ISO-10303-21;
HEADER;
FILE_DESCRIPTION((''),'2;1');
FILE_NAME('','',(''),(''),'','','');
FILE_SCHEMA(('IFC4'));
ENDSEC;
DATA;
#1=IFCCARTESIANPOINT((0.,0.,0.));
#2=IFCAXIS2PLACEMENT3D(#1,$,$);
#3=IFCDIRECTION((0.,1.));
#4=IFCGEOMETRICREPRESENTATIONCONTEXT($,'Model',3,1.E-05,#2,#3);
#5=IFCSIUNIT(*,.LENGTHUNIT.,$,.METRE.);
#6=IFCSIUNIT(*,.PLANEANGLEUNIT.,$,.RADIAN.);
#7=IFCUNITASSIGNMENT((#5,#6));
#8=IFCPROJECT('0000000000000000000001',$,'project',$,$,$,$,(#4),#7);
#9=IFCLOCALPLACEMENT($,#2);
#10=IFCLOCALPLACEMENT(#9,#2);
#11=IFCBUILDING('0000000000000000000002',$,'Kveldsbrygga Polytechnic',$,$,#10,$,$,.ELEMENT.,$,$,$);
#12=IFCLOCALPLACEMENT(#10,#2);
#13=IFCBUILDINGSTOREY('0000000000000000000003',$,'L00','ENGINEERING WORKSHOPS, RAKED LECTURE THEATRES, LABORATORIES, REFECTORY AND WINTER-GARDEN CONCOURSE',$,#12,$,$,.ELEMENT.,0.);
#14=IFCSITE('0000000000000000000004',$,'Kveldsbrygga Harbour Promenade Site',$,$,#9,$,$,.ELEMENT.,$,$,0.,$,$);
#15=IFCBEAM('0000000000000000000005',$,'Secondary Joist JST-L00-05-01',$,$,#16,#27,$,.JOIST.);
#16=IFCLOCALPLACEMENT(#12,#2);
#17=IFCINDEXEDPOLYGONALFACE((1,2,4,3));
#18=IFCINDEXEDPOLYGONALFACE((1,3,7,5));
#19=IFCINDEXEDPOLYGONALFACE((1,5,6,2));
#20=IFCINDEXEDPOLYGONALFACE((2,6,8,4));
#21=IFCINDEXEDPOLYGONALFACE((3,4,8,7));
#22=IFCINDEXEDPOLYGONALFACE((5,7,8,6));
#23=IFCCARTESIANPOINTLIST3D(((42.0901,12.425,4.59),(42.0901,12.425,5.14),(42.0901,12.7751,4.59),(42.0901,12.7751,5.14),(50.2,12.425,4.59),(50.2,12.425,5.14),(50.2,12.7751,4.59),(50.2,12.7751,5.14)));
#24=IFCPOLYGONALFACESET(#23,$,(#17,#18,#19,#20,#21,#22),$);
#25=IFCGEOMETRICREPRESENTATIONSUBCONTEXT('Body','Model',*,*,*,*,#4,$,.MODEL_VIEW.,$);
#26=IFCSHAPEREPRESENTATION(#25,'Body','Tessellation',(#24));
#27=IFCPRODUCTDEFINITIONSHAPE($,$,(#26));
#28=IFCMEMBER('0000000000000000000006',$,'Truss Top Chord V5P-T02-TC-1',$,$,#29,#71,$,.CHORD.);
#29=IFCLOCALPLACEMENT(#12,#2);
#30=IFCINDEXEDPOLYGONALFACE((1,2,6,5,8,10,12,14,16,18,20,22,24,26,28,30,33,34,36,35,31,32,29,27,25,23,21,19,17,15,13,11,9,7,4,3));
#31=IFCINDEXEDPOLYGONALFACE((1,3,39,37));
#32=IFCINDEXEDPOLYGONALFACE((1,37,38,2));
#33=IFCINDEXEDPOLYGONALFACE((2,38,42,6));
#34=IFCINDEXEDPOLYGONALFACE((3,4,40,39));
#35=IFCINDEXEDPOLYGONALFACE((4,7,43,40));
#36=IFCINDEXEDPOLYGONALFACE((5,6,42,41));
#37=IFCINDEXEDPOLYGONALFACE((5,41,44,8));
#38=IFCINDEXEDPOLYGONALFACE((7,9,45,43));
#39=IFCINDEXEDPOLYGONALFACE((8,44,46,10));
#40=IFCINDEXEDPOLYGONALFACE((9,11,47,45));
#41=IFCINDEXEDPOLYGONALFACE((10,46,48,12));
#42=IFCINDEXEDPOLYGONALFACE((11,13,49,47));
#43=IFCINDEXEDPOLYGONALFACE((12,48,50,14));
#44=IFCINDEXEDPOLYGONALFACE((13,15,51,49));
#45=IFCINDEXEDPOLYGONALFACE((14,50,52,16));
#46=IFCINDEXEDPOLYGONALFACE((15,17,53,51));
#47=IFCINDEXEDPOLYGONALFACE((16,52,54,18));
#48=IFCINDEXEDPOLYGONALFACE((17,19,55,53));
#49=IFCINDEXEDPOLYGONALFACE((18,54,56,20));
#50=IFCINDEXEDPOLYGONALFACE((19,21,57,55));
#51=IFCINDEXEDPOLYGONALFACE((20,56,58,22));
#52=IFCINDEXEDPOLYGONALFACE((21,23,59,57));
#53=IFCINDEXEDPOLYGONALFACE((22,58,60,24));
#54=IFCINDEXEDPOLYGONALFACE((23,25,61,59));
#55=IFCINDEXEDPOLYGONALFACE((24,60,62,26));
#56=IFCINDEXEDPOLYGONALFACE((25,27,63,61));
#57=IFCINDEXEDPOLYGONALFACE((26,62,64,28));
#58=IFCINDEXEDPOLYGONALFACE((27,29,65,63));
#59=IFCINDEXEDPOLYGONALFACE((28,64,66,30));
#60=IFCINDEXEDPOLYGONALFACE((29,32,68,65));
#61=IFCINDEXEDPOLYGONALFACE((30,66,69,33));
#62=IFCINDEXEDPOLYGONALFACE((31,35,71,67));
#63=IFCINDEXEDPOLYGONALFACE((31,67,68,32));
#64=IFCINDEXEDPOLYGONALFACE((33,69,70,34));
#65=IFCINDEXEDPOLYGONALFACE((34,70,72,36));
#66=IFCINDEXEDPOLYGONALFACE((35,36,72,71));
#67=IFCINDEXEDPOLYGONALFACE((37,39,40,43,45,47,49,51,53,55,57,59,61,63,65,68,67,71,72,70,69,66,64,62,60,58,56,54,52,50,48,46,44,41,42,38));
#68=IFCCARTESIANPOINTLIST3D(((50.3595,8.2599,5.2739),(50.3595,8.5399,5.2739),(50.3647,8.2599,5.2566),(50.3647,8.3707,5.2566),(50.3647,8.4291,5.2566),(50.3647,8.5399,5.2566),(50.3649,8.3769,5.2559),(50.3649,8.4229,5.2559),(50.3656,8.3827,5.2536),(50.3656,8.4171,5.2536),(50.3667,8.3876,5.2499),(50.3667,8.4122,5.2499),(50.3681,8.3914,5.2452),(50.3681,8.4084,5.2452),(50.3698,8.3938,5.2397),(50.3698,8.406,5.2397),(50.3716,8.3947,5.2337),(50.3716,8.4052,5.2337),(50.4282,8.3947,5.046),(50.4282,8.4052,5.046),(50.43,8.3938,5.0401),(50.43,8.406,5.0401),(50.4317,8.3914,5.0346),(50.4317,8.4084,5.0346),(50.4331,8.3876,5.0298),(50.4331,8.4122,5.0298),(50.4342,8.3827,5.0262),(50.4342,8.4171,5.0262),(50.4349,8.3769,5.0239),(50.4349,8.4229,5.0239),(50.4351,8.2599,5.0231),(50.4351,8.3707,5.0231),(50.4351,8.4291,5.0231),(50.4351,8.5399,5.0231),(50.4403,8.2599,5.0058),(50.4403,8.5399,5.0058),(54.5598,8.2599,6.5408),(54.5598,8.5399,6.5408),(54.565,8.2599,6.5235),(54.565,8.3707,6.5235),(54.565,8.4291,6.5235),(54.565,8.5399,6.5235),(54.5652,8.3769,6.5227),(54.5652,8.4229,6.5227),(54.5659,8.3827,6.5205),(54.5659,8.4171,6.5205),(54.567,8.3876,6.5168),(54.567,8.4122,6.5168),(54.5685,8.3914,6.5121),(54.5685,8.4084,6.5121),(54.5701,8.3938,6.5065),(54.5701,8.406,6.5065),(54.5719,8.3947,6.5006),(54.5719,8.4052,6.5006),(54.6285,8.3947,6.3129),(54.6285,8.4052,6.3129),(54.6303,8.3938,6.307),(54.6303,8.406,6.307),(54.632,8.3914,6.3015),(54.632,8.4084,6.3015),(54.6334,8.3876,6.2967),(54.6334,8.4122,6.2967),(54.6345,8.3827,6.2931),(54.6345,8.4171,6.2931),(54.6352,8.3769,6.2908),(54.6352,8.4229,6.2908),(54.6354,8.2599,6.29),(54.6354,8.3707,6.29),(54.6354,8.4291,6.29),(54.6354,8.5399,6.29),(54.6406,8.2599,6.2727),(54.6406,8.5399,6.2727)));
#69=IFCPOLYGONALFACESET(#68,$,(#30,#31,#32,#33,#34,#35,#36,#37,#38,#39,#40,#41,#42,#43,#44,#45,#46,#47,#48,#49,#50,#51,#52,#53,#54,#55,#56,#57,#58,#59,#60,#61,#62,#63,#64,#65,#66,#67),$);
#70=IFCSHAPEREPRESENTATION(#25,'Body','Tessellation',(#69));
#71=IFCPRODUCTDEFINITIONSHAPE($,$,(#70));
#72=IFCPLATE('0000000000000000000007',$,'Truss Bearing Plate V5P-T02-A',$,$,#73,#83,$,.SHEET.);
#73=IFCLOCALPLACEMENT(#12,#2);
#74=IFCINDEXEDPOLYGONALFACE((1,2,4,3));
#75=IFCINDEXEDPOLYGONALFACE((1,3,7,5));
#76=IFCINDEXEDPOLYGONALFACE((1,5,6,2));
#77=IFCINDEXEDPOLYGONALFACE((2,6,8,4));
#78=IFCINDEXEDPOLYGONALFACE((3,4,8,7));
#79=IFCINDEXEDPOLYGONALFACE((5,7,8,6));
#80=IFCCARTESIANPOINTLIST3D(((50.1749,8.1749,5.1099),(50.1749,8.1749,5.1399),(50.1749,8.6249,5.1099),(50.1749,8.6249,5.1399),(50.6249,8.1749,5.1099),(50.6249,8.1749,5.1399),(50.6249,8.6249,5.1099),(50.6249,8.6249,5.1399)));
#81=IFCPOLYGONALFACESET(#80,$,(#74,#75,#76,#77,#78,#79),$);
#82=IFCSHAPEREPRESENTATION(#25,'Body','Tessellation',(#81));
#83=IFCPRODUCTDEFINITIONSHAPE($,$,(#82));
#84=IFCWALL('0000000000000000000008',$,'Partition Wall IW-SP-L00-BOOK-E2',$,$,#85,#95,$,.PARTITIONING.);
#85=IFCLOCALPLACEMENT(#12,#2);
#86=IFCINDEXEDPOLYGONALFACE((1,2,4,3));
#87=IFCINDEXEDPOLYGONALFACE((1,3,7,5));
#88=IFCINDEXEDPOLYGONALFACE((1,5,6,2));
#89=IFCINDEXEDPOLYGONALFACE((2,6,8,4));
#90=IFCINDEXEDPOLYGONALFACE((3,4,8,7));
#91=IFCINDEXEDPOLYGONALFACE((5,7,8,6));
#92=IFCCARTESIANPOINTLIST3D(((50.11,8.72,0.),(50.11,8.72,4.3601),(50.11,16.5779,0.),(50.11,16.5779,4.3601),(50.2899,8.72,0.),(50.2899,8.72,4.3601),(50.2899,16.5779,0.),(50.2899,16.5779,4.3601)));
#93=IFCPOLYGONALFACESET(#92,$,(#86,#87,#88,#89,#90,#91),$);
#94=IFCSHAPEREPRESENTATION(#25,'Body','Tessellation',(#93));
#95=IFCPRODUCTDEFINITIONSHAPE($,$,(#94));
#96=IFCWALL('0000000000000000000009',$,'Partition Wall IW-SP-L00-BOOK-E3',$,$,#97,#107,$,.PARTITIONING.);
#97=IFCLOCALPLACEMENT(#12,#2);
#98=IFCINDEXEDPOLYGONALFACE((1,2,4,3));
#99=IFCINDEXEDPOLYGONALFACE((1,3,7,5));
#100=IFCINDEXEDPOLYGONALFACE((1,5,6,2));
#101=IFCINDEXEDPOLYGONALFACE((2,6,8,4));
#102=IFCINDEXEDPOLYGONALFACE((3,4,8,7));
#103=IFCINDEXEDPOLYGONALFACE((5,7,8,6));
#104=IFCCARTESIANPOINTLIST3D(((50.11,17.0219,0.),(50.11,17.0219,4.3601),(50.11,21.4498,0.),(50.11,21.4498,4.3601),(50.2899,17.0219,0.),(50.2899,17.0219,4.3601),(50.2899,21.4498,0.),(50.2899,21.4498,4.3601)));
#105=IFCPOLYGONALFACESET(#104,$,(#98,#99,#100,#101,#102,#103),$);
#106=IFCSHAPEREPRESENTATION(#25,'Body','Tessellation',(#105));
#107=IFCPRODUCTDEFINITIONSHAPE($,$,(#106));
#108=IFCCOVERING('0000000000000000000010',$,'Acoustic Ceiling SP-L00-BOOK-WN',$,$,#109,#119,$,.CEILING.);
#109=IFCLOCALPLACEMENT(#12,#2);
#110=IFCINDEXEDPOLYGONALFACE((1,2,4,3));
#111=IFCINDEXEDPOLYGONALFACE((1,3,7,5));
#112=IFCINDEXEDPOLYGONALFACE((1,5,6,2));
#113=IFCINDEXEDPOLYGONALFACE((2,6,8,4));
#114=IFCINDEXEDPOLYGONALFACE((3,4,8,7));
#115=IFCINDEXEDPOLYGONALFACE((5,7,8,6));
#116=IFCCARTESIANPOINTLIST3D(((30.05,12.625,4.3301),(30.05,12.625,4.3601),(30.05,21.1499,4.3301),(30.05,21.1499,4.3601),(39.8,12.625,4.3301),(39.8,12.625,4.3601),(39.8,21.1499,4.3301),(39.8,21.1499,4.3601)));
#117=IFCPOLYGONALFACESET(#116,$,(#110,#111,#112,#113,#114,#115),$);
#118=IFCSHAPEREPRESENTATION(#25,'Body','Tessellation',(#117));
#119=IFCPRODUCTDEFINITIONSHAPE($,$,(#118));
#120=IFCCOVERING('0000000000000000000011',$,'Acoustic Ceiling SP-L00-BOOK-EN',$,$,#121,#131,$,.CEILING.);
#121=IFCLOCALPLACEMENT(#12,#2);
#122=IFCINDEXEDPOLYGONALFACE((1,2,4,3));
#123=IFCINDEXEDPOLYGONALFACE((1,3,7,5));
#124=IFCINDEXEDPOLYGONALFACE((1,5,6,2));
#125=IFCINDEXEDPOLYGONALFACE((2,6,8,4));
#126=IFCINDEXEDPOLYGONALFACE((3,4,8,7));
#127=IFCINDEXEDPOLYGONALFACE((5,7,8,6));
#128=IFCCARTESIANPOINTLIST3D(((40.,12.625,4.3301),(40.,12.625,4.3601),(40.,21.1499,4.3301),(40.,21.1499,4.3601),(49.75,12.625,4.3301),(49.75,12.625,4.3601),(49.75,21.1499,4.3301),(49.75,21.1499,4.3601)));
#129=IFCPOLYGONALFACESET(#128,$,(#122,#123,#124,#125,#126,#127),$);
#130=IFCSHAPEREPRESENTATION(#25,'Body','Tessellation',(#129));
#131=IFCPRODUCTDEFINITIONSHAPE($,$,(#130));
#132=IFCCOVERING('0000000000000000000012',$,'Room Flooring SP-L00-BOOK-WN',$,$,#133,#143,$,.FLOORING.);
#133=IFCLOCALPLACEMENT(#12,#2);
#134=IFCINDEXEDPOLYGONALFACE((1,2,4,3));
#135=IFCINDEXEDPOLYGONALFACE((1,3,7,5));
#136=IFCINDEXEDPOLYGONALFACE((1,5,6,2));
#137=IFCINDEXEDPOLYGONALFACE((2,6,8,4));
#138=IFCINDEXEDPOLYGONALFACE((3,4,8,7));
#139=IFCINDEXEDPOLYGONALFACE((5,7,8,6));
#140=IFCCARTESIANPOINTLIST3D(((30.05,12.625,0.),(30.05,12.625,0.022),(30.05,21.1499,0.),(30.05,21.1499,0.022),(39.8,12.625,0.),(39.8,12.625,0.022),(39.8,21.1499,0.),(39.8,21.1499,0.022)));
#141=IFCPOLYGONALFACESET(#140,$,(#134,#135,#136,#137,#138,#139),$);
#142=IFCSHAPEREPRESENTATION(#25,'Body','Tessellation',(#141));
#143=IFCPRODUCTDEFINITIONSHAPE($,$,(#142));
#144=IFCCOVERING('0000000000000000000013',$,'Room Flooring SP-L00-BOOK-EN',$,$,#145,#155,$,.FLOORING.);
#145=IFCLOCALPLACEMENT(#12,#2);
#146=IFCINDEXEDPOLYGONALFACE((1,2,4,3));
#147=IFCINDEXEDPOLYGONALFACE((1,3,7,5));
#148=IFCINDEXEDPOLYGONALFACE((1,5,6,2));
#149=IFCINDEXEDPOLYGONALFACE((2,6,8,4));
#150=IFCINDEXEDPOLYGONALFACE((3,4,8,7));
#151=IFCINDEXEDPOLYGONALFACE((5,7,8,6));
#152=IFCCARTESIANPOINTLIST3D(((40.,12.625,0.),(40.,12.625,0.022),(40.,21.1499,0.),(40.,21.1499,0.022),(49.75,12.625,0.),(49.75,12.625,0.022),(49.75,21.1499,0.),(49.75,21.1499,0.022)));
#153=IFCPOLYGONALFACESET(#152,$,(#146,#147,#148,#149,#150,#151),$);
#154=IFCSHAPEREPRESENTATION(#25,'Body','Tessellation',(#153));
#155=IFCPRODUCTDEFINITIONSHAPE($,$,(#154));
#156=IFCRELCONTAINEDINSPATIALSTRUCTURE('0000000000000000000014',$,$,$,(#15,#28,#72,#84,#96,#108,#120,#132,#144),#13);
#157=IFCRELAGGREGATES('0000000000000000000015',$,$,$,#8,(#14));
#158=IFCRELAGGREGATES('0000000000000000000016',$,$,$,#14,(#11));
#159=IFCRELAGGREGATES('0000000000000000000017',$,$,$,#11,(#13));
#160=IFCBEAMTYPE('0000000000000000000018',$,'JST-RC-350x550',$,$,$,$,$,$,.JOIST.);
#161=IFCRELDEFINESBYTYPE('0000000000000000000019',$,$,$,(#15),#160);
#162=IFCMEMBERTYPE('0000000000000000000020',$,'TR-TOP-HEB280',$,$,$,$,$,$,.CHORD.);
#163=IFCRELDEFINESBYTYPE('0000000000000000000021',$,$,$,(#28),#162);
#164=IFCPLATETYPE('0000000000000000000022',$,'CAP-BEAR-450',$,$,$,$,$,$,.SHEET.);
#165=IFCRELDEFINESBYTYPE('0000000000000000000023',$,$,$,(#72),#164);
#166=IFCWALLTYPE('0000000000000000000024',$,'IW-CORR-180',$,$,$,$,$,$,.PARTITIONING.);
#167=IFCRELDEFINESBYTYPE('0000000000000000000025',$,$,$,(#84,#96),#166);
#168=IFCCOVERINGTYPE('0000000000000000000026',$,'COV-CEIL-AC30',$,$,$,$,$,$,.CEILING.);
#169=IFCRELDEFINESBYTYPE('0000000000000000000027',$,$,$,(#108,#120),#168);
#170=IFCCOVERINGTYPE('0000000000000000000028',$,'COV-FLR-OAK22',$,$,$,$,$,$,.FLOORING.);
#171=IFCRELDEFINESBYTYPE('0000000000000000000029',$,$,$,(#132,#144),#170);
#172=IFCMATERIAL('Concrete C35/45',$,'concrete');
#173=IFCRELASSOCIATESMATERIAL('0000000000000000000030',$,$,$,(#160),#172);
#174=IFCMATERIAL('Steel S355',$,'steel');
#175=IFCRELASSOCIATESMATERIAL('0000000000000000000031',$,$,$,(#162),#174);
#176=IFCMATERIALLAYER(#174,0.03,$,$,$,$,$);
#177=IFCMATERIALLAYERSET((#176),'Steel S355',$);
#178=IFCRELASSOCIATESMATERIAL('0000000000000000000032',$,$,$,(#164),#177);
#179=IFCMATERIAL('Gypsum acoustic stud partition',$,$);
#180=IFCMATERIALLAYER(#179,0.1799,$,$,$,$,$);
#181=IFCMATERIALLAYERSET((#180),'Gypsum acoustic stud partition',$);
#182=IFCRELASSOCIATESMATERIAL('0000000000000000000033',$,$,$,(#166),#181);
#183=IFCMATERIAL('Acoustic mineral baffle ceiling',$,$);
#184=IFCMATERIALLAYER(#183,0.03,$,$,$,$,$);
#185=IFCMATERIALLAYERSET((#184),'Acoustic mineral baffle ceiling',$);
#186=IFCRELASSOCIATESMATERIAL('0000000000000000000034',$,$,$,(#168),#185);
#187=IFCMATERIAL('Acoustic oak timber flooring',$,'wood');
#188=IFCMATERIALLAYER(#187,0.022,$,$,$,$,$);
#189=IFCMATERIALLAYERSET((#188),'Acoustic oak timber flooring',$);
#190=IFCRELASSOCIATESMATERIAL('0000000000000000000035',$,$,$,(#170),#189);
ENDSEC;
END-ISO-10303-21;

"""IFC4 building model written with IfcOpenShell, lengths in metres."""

from ifc_helpers import new_model, si_unit, direction, frame, frame_2d, origin, origin_2d, place, context, subcontext, project, spatial, rectangle, i_section, extrude, material, layer, layer_set, material_profile, profile_set, type_object, element, save


model = new_model("IFC4")

# Units and contexts
model_context = context("Model", 3, precision=1e-05, world=origin(), true_north=direction((0.0, 1.0)))
body_context = subcontext(model_context, "Body", "Model", "MODEL_VIEW")
ifc_project = project(units=[si_unit("LENGTHUNIT", "METRE"), si_unit("PLANEANGLEUNIT", "RADIAN")], contexts=[model_context])

# Site, building, storey
site_placement = place(None, origin())
site = spatial("IfcSite", under=ifc_project, at=site_placement, Name="Kveldsbrygga Harbour Promenade Site", CompositionType="ELEMENT", RefElevation=0.0)
building_placement = place(site_placement, origin())
building = spatial("IfcBuilding", under=site, at=building_placement, Name="Kveldsbrygga Polytechnic", CompositionType="ELEMENT")
storey_placement = place(building_placement, origin())
storey = spatial("IfcBuildingStorey", under=building, at=storey_placement, Name="L00", Description="ENGINEERING WORKSHOPS, RAKED LECTURE THEATRES, LABORATORIES, REFECTORY AND WINTER-GARDEN CONCOURSE", CompositionType="ELEMENT", Elevation=0.0)

# Shared definitions
ifc_material_1 = material(Name="Steel S355", Category="steel")

# Beam
ifc_material_2 = material(Name="Concrete C35/45", Category="concrete")
ifc_material_profile_1 = material_profile(ifc_material_2, rectangle(XDim=0.3501, YDim=0.55, at=origin_2d()), Name="RC 350x550")
ifc_profile_set_1 = profile_set([ifc_material_profile_1], Name="Concrete C35/45")
beam_type_1 = type_object("IfcBeamType", Name="JST-RC-350x550", PredefinedType="JOIST", material=ifc_profile_set_1)
beam_1_placement = place(storey_placement, frame((42.0901, 12.6001, 4.865), z_axis=(1.0, 0.0, 0.0), x_axis=(0.0, 1.0, 0.0)))
element("IfcBeam", 1, at=beam_1_placement, inside=storey, type_object=beam_type_1, Name="Secondary Joist JST-L00-05-01", PredefinedType="JOIST", context=body_context, shape_type="SweptSolid", body=[
    extrude(rectangle(XDim=0.3501, YDim=0.55, at=origin_2d()), origin(), (0.0, 0.0, 1.0), 8.1099),
])

# Member
ifc_material_profile_2 = material_profile(ifc_material_1, i_section(OverallWidth=0.28, OverallDepth=0.28, WebThickness=0.0105, FlangeThickness=0.0181, FilletRadius=0.0239, at=origin_2d()), Name="HEB 280")
ifc_profile_set_2 = profile_set([ifc_material_profile_2], Name="Steel S355")
member_type = type_object("IfcMemberType", Name="TR-TOP-HEB280", PredefinedType="CHORD", material=ifc_profile_set_2)
member_placement = place(storey_placement, frame((50.3999, 8.3999, 5.1399), z_axis=(0.957399, 0.0, 0.288767), x_axis=(0.0, 1.0, 0.0)))
element("IfcMember", 2, at=member_placement, inside=storey, type_object=member_type, Name="Truss Top Chord V5P-T02-TC-1", PredefinedType="CHORD", context=body_context, shape_type="SweptSolid", body=[
    extrude(i_section(OverallWidth=0.28, OverallDepth=0.28, WebThickness=0.0105, FlangeThickness=0.0181, FilletRadius=0.0239, at=origin_2d()), origin(), (0.0, 0.0, 1.0), 4.3872),
])

# Plate
ifc_layer_1 = layer(ifc_material_1, 0.03)
ifc_layer_set_1 = layer_set([ifc_layer_1], Name="Steel S355")
plate_type = type_object("IfcPlateType", Name="CAP-BEAR-450", PredefinedType="SHEET", material=ifc_layer_set_1)
plate_placement = place(storey_placement, frame((50.3999, 8.3999, 5.1099), z_axis=(0.0, 0.0, 1.0), x_axis=(1.0, 0.0, 0.0)))
element("IfcPlate", 3, at=plate_placement, inside=storey, type_object=plate_type, Name="Truss Bearing Plate V5P-T02-A", PredefinedType="SHEET", context=body_context, shape_type="SweptSolid", body=[
    extrude(rectangle(XDim=0.45, YDim=0.45, at=origin_2d()), origin(), (0.0, 0.0, 1.0), 0.03),
])

# Walls
ifc_material_3 = material(Name="Gypsum acoustic stud partition")
ifc_layer_2 = layer(ifc_material_3, 0.1799)
ifc_layer_set_2 = layer_set([ifc_layer_2], Name="Gypsum acoustic stud partition")
wall_type = type_object("IfcWallType", Name="IW-CORR-180", PredefinedType="PARTITIONING", material=ifc_layer_set_2)
wall_1_placement = place(storey_placement, frame((50.2, 8.72, 0.0), z_axis=(0.0, 0.0, 1.0), x_axis=(0.0, 1.0, 0.0)))
element("IfcWall", 4, at=wall_1_placement, inside=storey, type_object=wall_type, Name="Partition Wall IW-SP-L00-BOOK-E2", PredefinedType="PARTITIONING", context=body_context, shape_type="SweptSolid", body=[
    extrude(rectangle(XDim=7.8579, YDim=0.1799, at=frame_2d((3.929, 0.0))), origin(), (0.0, 0.0, 1.0), 4.3601),
])
wall_2_placement = place(storey_placement, frame((50.2, 17.022, 0.0), z_axis=(0.0, 0.0, 1.0), x_axis=(0.0, 1.0, 0.0)))
element("IfcWall", 5, at=wall_2_placement, inside=storey, type_object=wall_type, Name="Partition Wall IW-SP-L00-BOOK-E3", PredefinedType="PARTITIONING", context=body_context, shape_type="SweptSolid", body=[
    extrude(rectangle(XDim=4.428, YDim=0.1799, at=frame_2d((2.2139, 0.0))), origin(), (0.0, 0.0, 1.0), 4.3601),
])

# Coverings
ifc_material_4 = material(Name="Acoustic mineral baffle ceiling")
ifc_layer_3 = layer(ifc_material_4, 0.03)
ifc_layer_set_3 = layer_set([ifc_layer_3], Name="Acoustic mineral baffle ceiling")
covering_type_1 = type_object("IfcCoveringType", Name="COV-CEIL-AC30", PredefinedType="CEILING", material=ifc_layer_set_3)
for number, where, z_axis, x_axis, name in (
    (6, (34.925, 16.8875, 4.3301), (0.0, 0.0, 1.0), (1.0, 0.0, 0.0), "Acoustic Ceiling SP-L00-BOOK-WN"),
    (7, (44.875, 16.8875, 4.3301), (0.0, 0.0, 1.0), (1.0, 0.0, 0.0), "Acoustic Ceiling SP-L00-BOOK-EN"),
):
    element("IfcCovering", number, at=place(storey_placement, frame(where, z_axis=z_axis, x_axis=x_axis)), inside=storey, type_object=covering_type_1, Name=name, PredefinedType="CEILING", context=body_context, shape_type="SweptSolid", body=[
        extrude(rectangle(XDim=9.75, YDim=8.5249, at=origin_2d()), origin(), (0.0, 0.0, 1.0), 0.03),
    ])
ifc_material_5 = material(Name="Acoustic oak timber flooring", Category="wood")
ifc_layer_4 = layer(ifc_material_5, 0.022)
ifc_layer_set_4 = layer_set([ifc_layer_4], Name="Acoustic oak timber flooring")
covering_type_2 = type_object("IfcCoveringType", Name="COV-FLR-OAK22", PredefinedType="FLOORING", material=ifc_layer_set_4)
for number, where, z_axis, x_axis, name in (
    (8, (34.925, 16.8875, 0.0), (0.0, 0.0, 1.0), (1.0, 0.0, 0.0), "Room Flooring SP-L00-BOOK-WN"),
    (9, (44.875, 16.8875, 0.0), (0.0, 0.0, 1.0), (1.0, 0.0, 0.0), "Room Flooring SP-L00-BOOK-EN"),
):
    element("IfcCovering", number, at=place(storey_placement, frame(where, z_axis=z_axis, x_axis=x_axis)), inside=storey, type_object=covering_type_2, Name=name, PredefinedType="FLOORING", context=body_context, shape_type="SweptSolid", body=[
        extrude(rectangle(XDim=9.75, YDim=8.5249, at=origin_2d()), origin(), (0.0, 0.0, 1.0), 0.022),
    ])

save(model, "model.ifc")
